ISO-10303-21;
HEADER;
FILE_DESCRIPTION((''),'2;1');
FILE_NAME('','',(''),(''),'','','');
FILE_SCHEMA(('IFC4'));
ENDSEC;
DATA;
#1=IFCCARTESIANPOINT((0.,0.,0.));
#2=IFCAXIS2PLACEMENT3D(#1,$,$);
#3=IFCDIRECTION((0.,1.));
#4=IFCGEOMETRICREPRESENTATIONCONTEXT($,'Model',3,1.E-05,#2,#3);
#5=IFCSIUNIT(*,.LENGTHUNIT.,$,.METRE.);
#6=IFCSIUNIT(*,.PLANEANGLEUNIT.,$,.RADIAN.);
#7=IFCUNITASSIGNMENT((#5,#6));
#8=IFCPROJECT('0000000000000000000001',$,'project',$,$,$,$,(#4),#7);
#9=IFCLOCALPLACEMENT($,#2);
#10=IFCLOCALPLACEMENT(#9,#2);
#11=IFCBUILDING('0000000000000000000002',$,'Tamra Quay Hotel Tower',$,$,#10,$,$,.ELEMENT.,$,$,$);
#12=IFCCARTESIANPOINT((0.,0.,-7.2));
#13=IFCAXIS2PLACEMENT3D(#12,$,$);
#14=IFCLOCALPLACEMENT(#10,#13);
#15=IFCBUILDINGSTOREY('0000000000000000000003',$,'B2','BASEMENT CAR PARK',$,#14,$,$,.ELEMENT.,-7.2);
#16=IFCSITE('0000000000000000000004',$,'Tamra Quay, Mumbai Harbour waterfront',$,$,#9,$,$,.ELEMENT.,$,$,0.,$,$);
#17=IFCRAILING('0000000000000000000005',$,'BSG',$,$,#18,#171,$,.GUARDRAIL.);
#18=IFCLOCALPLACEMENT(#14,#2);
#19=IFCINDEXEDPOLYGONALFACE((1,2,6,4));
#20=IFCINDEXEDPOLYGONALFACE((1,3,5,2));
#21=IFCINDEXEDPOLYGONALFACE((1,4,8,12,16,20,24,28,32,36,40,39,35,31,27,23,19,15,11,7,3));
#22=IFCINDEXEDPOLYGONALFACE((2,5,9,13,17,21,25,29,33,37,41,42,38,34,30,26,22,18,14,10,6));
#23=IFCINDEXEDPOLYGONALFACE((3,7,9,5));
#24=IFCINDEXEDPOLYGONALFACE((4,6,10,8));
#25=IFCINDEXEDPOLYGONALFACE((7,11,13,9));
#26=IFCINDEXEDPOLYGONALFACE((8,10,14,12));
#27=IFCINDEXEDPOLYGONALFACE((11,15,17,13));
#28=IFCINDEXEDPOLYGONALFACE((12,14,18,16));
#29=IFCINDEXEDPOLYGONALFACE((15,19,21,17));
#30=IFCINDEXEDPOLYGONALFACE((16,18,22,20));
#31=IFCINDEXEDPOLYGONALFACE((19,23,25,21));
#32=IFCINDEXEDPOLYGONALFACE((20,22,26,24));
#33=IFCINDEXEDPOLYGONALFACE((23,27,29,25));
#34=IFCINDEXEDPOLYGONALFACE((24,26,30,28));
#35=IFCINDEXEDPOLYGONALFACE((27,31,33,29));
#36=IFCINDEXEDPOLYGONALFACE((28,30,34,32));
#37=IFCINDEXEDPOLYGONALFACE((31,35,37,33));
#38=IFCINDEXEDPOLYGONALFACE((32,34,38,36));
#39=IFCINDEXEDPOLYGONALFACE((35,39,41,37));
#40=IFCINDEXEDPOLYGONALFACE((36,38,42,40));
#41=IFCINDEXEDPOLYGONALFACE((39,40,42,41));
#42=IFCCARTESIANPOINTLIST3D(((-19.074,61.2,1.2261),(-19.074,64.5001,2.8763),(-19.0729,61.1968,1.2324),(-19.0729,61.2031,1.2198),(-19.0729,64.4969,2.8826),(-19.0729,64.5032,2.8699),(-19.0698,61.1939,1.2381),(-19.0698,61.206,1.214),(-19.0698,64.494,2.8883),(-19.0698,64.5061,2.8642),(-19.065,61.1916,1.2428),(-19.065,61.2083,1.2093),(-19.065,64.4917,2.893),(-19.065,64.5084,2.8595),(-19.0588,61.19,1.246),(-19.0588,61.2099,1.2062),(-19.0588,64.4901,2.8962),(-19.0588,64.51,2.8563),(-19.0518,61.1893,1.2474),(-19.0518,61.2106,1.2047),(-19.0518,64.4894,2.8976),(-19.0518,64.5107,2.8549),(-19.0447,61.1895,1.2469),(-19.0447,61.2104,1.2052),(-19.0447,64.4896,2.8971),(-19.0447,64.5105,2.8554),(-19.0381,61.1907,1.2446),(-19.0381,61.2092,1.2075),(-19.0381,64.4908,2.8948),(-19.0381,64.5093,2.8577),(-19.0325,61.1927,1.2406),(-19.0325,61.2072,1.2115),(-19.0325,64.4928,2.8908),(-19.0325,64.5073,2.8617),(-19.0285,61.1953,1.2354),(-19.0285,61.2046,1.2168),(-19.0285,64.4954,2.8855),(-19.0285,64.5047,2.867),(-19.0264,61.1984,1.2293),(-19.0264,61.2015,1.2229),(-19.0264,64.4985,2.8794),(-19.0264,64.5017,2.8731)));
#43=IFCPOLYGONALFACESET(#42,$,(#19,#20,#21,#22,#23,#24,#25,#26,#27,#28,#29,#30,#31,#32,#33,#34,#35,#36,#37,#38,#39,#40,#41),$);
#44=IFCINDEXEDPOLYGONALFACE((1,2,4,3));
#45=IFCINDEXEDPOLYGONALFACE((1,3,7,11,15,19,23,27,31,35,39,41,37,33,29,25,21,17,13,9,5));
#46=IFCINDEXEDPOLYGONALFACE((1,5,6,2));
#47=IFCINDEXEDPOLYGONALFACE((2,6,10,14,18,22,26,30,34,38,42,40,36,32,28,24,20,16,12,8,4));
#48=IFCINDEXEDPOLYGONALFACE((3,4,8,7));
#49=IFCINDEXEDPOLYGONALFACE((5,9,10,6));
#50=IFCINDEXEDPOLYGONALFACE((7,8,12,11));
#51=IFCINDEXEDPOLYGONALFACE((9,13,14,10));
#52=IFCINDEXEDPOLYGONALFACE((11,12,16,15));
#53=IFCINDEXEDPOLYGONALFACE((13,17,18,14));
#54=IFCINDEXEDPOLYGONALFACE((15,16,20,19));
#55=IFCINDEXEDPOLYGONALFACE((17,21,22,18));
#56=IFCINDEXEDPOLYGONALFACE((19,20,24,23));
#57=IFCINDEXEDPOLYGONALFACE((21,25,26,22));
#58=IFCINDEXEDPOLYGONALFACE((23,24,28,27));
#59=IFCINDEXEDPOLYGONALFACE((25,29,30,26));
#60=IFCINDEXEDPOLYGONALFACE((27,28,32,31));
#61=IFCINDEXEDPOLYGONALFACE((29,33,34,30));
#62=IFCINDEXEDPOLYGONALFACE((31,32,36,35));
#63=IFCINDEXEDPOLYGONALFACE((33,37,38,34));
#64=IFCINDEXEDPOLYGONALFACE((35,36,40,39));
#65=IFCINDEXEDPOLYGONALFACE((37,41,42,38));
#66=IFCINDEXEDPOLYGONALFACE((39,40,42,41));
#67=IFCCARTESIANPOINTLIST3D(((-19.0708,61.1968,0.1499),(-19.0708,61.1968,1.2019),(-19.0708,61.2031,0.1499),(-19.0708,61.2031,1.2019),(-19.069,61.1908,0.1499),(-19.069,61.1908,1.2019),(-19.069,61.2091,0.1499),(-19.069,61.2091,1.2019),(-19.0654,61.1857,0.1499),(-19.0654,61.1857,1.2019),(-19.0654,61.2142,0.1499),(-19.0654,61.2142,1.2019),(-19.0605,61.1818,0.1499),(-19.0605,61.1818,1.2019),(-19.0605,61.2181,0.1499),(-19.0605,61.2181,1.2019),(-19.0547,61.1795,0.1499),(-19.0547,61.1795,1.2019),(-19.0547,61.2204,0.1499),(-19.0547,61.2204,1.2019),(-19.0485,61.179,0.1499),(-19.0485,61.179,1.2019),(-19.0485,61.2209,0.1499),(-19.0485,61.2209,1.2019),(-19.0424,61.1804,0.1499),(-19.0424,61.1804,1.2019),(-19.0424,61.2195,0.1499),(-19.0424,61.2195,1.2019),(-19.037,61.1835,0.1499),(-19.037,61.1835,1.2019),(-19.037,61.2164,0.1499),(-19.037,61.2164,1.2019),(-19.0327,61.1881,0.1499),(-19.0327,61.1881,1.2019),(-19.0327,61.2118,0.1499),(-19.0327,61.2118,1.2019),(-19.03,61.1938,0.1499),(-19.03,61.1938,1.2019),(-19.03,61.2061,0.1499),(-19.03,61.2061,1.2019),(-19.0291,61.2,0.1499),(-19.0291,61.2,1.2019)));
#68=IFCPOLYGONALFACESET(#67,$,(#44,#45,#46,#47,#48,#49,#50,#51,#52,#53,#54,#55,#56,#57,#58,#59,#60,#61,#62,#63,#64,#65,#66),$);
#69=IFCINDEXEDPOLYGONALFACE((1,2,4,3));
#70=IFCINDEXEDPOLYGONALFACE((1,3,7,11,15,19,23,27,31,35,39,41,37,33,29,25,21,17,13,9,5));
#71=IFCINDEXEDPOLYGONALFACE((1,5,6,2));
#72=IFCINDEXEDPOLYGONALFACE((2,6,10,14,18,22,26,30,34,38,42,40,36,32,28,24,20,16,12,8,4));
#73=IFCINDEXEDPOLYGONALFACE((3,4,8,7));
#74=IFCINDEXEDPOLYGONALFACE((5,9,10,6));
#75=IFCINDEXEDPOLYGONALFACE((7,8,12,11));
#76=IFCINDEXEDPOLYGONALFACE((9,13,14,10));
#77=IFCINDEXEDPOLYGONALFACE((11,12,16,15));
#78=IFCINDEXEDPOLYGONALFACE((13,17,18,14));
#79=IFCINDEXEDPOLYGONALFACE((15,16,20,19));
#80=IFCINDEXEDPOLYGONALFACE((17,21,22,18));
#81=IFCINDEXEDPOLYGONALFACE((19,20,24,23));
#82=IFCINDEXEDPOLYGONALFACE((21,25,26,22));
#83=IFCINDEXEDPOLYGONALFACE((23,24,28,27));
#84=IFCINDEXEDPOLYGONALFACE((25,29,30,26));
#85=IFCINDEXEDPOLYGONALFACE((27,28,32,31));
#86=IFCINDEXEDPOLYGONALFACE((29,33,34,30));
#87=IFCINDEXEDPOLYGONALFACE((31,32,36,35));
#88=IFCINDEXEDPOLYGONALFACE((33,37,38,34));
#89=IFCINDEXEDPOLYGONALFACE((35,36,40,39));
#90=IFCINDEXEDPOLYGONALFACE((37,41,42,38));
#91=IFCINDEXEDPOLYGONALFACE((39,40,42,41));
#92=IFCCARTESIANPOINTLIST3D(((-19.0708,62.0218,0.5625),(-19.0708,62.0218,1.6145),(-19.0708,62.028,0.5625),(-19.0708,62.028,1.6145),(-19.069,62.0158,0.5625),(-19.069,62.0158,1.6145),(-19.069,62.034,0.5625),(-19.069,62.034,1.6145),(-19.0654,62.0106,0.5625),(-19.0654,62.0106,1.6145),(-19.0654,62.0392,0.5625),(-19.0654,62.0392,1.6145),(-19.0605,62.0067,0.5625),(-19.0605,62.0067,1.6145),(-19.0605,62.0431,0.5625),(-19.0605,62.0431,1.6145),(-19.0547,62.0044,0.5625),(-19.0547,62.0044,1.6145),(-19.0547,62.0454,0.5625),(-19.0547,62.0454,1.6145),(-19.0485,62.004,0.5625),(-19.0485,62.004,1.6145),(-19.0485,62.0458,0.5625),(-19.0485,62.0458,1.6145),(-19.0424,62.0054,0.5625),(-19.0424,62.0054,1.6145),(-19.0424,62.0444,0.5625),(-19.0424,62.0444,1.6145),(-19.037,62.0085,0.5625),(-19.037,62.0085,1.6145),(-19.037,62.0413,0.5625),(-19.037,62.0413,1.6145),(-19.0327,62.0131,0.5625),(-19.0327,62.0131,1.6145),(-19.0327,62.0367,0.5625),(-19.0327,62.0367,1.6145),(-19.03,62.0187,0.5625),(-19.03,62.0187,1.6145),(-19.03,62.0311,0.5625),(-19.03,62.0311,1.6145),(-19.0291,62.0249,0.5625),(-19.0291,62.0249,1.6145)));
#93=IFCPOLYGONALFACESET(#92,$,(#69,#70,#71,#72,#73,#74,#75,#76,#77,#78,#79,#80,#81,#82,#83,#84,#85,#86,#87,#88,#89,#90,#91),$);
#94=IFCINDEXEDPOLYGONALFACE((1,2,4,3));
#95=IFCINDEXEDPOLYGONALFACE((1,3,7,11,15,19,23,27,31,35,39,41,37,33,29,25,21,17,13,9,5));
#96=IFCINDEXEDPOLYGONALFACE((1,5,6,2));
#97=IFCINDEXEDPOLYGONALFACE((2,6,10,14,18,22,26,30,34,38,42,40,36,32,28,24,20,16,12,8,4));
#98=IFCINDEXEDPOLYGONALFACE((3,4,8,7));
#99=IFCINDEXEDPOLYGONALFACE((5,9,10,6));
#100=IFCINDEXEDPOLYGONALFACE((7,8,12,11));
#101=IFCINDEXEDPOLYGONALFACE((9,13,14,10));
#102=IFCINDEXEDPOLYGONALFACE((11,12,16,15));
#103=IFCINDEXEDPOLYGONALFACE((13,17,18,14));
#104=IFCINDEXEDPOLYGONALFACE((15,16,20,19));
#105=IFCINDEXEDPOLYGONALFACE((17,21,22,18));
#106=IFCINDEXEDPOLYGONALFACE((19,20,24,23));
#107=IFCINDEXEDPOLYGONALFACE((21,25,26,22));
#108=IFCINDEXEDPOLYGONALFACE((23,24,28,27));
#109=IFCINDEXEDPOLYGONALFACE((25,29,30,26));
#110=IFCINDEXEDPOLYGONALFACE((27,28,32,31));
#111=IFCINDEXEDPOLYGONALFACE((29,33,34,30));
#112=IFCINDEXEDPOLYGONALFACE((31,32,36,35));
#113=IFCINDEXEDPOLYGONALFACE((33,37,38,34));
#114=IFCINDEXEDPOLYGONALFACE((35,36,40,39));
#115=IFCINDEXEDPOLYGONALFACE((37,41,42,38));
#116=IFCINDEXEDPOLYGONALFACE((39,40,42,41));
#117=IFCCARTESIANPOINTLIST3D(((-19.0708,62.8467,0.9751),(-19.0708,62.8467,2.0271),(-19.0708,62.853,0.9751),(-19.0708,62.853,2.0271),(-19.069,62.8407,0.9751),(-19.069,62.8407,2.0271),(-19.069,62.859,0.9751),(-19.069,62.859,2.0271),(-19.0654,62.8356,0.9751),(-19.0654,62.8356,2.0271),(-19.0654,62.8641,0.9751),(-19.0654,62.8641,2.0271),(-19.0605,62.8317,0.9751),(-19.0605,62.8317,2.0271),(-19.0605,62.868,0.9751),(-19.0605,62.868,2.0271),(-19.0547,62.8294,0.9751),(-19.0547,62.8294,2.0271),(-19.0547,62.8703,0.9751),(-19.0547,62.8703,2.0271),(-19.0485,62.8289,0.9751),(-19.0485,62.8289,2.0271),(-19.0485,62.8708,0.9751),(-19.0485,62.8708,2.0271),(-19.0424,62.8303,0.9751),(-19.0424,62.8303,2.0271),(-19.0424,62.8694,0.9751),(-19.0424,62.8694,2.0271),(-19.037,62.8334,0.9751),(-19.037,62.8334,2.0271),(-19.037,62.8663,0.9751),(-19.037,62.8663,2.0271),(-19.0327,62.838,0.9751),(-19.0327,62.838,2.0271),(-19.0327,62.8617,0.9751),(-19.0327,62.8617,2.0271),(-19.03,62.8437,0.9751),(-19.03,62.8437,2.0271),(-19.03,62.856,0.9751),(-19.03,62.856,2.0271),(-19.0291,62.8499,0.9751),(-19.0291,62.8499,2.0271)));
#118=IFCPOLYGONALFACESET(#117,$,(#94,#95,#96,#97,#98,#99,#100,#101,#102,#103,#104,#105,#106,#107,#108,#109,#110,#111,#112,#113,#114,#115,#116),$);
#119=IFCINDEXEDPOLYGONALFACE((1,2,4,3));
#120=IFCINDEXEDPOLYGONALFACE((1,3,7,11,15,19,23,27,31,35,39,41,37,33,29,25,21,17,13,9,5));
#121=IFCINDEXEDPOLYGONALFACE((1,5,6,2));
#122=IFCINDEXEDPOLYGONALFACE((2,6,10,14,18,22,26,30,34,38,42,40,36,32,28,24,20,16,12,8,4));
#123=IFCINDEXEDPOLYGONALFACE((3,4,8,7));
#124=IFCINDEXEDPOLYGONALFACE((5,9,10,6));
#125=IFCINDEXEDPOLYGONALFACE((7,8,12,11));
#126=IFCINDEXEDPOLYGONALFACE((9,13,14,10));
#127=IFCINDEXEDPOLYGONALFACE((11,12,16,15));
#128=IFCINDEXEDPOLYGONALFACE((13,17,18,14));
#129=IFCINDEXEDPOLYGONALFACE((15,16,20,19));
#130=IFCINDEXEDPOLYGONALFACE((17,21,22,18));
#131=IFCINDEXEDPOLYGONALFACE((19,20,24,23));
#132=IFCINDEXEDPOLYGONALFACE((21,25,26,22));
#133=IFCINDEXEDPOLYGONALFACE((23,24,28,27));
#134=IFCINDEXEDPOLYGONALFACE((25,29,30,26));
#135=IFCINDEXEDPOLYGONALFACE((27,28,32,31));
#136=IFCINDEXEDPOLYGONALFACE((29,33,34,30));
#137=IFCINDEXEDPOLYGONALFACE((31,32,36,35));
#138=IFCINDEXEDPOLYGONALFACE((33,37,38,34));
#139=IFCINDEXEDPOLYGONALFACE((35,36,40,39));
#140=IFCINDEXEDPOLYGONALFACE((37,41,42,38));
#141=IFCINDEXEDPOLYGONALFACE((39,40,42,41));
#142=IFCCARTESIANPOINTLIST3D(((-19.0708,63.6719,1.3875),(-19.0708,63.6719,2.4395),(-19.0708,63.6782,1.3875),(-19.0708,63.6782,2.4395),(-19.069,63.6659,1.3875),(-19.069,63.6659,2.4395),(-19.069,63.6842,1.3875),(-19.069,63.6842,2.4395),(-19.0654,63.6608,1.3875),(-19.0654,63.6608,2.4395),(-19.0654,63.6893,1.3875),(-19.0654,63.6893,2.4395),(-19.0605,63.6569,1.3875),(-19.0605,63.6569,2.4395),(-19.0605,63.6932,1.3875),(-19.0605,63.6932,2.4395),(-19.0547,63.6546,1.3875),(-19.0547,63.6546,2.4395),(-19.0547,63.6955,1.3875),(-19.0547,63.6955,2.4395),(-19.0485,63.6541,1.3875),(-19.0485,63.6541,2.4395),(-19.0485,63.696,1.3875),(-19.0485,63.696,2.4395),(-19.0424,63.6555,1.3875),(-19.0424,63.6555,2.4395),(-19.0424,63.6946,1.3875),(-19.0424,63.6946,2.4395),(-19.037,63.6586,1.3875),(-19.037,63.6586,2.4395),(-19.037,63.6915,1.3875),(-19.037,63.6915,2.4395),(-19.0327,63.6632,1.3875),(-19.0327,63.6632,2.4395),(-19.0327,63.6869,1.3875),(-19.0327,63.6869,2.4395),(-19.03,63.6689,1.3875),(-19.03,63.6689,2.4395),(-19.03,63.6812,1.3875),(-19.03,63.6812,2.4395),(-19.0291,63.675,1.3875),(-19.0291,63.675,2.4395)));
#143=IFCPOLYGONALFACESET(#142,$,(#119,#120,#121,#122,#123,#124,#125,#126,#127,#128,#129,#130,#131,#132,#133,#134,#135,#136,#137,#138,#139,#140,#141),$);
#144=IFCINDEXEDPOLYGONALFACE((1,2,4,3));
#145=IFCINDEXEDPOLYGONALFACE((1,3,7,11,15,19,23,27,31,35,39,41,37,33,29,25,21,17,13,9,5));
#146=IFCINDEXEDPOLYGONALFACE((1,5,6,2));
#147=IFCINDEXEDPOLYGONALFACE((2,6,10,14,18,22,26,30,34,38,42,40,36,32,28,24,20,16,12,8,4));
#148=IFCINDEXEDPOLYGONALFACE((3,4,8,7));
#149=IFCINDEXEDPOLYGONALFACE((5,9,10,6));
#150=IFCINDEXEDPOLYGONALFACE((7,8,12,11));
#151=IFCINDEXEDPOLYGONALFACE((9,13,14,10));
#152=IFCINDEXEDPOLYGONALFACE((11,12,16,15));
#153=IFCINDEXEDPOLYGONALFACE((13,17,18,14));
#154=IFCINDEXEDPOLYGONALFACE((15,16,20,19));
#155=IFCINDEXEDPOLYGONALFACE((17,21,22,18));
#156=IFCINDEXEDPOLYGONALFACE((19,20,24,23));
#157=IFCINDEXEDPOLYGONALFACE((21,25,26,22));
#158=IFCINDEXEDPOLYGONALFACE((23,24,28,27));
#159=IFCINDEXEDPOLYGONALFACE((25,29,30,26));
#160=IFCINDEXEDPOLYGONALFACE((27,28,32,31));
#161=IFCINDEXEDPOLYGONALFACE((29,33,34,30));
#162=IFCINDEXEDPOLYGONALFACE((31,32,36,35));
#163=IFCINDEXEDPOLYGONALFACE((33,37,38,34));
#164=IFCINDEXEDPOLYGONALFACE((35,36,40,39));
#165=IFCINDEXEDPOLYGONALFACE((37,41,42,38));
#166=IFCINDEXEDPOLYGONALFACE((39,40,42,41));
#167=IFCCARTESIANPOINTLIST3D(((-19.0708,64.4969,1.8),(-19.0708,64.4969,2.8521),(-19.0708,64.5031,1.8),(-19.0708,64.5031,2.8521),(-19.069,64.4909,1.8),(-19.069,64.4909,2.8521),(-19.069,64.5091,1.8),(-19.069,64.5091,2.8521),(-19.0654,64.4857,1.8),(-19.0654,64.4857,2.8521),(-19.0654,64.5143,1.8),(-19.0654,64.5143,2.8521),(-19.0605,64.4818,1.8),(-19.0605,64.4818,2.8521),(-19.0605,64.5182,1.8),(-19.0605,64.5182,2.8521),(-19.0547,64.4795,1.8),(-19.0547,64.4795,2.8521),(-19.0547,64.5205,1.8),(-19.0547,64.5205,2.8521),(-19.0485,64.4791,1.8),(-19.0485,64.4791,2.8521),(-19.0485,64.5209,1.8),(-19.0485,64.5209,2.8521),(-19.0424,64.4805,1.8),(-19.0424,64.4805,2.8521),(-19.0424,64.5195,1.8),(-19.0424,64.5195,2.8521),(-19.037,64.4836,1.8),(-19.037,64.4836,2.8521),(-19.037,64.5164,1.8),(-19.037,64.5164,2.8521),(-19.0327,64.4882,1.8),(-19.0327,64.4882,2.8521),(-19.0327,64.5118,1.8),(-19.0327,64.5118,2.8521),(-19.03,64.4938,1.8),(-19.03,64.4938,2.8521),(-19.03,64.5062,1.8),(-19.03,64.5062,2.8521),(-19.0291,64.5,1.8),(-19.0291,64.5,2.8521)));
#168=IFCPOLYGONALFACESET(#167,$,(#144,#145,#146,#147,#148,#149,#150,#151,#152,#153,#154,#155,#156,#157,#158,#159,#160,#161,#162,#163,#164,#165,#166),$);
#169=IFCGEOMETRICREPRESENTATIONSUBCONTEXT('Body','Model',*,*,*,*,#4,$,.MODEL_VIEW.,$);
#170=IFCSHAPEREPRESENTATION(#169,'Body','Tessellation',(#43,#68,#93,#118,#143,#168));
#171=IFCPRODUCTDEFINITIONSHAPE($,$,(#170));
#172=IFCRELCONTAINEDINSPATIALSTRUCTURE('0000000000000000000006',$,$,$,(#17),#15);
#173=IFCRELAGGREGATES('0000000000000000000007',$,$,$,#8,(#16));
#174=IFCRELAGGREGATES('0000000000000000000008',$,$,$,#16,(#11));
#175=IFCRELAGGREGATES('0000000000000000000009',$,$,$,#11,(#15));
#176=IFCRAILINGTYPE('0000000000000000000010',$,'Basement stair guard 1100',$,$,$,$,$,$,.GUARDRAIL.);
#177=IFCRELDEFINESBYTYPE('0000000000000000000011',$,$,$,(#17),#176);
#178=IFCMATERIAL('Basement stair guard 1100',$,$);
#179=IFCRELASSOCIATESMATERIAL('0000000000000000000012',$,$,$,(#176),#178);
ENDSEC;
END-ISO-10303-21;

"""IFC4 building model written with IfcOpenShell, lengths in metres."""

from ifc_helpers import new_model, si_unit, direction, frame, origin, origin_2d, place, context, subcontext, project, spatial, circle, extrude, material, type_object, element, save


model = new_model("IFC4")

# Units and contexts
model_context = context("Model", 3, precision=1e-05, world=origin(), true_north=direction((0.0, 1.0)))
body_context = subcontext(model_context, "Body", "Model", "MODEL_VIEW")
ifc_project = project(units=[si_unit("LENGTHUNIT", "METRE"), si_unit("PLANEANGLEUNIT", "RADIAN")], contexts=[model_context])

# Site, building, storey
site_placement = place(None, origin())
site = spatial("IfcSite", under=ifc_project, at=site_placement, Name="Tamra Quay, Mumbai Harbour waterfront", CompositionType="ELEMENT", RefElevation=0.0)
building_placement = place(site_placement, origin())
building = spatial("IfcBuilding", under=site, at=building_placement, Name="Tamra Quay Hotel Tower", CompositionType="ELEMENT")
storey_placement = place(building_placement, frame((0.0, 0.0, -7.2)))
storey = spatial("IfcBuildingStorey", under=building, at=storey_placement, Name="B2", Description="BASEMENT CAR PARK", CompositionType="ELEMENT", Elevation=-7.2)

# Railing
ifc_material_1 = material(Name="Basement stair guard 1100")
railing_type_1 = type_object("IfcRailingType", Name="Basement stair guard 1100", PredefinedType="GUARDRAIL", material=ifc_material_1)
railing_1_placement = place(storey_placement, frame((-19.05, 61.2, 0.1499)))
element("IfcRailing", 1, at=railing_1_placement, inside=storey, type_object=railing_type_1, Name="BSG", PredefinedType="GUARDRAIL", context=body_context, shape_type="SweptSolid", body=[
    extrude(circle(Radius=0.0239, at=origin_2d()), frame((0.0, 0.0, 1.0762), z_axis=(0.0, 0.894414, 0.44724), x_axis=(-1.0, 0.0, 0.0)), (0.0, 0.0, 1.0), 3.6897),
    extrude(circle(Radius=0.021, at=origin_2d()), origin(), (0.0, 0.0, 1.0), 1.052),
    extrude(circle(Radius=0.021, at=origin_2d()), frame((0.0, 0.825, 0.4126)), (0.0, 0.0, 1.0), 1.052),
    extrude(circle(Radius=0.021, at=origin_2d()), frame((0.0, 1.6499, 0.8252)), (0.0, 0.0, 1.0), 1.052),
    extrude(circle(Radius=0.021, at=origin_2d()), frame((0.0, 2.4751, 1.2375)), (0.0, 0.0, 1.0), 1.052),
    extrude(circle(Radius=0.021, at=origin_2d()), frame((0.0, 3.3, 1.6501)), (0.0, 0.0, 1.0), 1.052),
])

save(model, "model.ifc")
